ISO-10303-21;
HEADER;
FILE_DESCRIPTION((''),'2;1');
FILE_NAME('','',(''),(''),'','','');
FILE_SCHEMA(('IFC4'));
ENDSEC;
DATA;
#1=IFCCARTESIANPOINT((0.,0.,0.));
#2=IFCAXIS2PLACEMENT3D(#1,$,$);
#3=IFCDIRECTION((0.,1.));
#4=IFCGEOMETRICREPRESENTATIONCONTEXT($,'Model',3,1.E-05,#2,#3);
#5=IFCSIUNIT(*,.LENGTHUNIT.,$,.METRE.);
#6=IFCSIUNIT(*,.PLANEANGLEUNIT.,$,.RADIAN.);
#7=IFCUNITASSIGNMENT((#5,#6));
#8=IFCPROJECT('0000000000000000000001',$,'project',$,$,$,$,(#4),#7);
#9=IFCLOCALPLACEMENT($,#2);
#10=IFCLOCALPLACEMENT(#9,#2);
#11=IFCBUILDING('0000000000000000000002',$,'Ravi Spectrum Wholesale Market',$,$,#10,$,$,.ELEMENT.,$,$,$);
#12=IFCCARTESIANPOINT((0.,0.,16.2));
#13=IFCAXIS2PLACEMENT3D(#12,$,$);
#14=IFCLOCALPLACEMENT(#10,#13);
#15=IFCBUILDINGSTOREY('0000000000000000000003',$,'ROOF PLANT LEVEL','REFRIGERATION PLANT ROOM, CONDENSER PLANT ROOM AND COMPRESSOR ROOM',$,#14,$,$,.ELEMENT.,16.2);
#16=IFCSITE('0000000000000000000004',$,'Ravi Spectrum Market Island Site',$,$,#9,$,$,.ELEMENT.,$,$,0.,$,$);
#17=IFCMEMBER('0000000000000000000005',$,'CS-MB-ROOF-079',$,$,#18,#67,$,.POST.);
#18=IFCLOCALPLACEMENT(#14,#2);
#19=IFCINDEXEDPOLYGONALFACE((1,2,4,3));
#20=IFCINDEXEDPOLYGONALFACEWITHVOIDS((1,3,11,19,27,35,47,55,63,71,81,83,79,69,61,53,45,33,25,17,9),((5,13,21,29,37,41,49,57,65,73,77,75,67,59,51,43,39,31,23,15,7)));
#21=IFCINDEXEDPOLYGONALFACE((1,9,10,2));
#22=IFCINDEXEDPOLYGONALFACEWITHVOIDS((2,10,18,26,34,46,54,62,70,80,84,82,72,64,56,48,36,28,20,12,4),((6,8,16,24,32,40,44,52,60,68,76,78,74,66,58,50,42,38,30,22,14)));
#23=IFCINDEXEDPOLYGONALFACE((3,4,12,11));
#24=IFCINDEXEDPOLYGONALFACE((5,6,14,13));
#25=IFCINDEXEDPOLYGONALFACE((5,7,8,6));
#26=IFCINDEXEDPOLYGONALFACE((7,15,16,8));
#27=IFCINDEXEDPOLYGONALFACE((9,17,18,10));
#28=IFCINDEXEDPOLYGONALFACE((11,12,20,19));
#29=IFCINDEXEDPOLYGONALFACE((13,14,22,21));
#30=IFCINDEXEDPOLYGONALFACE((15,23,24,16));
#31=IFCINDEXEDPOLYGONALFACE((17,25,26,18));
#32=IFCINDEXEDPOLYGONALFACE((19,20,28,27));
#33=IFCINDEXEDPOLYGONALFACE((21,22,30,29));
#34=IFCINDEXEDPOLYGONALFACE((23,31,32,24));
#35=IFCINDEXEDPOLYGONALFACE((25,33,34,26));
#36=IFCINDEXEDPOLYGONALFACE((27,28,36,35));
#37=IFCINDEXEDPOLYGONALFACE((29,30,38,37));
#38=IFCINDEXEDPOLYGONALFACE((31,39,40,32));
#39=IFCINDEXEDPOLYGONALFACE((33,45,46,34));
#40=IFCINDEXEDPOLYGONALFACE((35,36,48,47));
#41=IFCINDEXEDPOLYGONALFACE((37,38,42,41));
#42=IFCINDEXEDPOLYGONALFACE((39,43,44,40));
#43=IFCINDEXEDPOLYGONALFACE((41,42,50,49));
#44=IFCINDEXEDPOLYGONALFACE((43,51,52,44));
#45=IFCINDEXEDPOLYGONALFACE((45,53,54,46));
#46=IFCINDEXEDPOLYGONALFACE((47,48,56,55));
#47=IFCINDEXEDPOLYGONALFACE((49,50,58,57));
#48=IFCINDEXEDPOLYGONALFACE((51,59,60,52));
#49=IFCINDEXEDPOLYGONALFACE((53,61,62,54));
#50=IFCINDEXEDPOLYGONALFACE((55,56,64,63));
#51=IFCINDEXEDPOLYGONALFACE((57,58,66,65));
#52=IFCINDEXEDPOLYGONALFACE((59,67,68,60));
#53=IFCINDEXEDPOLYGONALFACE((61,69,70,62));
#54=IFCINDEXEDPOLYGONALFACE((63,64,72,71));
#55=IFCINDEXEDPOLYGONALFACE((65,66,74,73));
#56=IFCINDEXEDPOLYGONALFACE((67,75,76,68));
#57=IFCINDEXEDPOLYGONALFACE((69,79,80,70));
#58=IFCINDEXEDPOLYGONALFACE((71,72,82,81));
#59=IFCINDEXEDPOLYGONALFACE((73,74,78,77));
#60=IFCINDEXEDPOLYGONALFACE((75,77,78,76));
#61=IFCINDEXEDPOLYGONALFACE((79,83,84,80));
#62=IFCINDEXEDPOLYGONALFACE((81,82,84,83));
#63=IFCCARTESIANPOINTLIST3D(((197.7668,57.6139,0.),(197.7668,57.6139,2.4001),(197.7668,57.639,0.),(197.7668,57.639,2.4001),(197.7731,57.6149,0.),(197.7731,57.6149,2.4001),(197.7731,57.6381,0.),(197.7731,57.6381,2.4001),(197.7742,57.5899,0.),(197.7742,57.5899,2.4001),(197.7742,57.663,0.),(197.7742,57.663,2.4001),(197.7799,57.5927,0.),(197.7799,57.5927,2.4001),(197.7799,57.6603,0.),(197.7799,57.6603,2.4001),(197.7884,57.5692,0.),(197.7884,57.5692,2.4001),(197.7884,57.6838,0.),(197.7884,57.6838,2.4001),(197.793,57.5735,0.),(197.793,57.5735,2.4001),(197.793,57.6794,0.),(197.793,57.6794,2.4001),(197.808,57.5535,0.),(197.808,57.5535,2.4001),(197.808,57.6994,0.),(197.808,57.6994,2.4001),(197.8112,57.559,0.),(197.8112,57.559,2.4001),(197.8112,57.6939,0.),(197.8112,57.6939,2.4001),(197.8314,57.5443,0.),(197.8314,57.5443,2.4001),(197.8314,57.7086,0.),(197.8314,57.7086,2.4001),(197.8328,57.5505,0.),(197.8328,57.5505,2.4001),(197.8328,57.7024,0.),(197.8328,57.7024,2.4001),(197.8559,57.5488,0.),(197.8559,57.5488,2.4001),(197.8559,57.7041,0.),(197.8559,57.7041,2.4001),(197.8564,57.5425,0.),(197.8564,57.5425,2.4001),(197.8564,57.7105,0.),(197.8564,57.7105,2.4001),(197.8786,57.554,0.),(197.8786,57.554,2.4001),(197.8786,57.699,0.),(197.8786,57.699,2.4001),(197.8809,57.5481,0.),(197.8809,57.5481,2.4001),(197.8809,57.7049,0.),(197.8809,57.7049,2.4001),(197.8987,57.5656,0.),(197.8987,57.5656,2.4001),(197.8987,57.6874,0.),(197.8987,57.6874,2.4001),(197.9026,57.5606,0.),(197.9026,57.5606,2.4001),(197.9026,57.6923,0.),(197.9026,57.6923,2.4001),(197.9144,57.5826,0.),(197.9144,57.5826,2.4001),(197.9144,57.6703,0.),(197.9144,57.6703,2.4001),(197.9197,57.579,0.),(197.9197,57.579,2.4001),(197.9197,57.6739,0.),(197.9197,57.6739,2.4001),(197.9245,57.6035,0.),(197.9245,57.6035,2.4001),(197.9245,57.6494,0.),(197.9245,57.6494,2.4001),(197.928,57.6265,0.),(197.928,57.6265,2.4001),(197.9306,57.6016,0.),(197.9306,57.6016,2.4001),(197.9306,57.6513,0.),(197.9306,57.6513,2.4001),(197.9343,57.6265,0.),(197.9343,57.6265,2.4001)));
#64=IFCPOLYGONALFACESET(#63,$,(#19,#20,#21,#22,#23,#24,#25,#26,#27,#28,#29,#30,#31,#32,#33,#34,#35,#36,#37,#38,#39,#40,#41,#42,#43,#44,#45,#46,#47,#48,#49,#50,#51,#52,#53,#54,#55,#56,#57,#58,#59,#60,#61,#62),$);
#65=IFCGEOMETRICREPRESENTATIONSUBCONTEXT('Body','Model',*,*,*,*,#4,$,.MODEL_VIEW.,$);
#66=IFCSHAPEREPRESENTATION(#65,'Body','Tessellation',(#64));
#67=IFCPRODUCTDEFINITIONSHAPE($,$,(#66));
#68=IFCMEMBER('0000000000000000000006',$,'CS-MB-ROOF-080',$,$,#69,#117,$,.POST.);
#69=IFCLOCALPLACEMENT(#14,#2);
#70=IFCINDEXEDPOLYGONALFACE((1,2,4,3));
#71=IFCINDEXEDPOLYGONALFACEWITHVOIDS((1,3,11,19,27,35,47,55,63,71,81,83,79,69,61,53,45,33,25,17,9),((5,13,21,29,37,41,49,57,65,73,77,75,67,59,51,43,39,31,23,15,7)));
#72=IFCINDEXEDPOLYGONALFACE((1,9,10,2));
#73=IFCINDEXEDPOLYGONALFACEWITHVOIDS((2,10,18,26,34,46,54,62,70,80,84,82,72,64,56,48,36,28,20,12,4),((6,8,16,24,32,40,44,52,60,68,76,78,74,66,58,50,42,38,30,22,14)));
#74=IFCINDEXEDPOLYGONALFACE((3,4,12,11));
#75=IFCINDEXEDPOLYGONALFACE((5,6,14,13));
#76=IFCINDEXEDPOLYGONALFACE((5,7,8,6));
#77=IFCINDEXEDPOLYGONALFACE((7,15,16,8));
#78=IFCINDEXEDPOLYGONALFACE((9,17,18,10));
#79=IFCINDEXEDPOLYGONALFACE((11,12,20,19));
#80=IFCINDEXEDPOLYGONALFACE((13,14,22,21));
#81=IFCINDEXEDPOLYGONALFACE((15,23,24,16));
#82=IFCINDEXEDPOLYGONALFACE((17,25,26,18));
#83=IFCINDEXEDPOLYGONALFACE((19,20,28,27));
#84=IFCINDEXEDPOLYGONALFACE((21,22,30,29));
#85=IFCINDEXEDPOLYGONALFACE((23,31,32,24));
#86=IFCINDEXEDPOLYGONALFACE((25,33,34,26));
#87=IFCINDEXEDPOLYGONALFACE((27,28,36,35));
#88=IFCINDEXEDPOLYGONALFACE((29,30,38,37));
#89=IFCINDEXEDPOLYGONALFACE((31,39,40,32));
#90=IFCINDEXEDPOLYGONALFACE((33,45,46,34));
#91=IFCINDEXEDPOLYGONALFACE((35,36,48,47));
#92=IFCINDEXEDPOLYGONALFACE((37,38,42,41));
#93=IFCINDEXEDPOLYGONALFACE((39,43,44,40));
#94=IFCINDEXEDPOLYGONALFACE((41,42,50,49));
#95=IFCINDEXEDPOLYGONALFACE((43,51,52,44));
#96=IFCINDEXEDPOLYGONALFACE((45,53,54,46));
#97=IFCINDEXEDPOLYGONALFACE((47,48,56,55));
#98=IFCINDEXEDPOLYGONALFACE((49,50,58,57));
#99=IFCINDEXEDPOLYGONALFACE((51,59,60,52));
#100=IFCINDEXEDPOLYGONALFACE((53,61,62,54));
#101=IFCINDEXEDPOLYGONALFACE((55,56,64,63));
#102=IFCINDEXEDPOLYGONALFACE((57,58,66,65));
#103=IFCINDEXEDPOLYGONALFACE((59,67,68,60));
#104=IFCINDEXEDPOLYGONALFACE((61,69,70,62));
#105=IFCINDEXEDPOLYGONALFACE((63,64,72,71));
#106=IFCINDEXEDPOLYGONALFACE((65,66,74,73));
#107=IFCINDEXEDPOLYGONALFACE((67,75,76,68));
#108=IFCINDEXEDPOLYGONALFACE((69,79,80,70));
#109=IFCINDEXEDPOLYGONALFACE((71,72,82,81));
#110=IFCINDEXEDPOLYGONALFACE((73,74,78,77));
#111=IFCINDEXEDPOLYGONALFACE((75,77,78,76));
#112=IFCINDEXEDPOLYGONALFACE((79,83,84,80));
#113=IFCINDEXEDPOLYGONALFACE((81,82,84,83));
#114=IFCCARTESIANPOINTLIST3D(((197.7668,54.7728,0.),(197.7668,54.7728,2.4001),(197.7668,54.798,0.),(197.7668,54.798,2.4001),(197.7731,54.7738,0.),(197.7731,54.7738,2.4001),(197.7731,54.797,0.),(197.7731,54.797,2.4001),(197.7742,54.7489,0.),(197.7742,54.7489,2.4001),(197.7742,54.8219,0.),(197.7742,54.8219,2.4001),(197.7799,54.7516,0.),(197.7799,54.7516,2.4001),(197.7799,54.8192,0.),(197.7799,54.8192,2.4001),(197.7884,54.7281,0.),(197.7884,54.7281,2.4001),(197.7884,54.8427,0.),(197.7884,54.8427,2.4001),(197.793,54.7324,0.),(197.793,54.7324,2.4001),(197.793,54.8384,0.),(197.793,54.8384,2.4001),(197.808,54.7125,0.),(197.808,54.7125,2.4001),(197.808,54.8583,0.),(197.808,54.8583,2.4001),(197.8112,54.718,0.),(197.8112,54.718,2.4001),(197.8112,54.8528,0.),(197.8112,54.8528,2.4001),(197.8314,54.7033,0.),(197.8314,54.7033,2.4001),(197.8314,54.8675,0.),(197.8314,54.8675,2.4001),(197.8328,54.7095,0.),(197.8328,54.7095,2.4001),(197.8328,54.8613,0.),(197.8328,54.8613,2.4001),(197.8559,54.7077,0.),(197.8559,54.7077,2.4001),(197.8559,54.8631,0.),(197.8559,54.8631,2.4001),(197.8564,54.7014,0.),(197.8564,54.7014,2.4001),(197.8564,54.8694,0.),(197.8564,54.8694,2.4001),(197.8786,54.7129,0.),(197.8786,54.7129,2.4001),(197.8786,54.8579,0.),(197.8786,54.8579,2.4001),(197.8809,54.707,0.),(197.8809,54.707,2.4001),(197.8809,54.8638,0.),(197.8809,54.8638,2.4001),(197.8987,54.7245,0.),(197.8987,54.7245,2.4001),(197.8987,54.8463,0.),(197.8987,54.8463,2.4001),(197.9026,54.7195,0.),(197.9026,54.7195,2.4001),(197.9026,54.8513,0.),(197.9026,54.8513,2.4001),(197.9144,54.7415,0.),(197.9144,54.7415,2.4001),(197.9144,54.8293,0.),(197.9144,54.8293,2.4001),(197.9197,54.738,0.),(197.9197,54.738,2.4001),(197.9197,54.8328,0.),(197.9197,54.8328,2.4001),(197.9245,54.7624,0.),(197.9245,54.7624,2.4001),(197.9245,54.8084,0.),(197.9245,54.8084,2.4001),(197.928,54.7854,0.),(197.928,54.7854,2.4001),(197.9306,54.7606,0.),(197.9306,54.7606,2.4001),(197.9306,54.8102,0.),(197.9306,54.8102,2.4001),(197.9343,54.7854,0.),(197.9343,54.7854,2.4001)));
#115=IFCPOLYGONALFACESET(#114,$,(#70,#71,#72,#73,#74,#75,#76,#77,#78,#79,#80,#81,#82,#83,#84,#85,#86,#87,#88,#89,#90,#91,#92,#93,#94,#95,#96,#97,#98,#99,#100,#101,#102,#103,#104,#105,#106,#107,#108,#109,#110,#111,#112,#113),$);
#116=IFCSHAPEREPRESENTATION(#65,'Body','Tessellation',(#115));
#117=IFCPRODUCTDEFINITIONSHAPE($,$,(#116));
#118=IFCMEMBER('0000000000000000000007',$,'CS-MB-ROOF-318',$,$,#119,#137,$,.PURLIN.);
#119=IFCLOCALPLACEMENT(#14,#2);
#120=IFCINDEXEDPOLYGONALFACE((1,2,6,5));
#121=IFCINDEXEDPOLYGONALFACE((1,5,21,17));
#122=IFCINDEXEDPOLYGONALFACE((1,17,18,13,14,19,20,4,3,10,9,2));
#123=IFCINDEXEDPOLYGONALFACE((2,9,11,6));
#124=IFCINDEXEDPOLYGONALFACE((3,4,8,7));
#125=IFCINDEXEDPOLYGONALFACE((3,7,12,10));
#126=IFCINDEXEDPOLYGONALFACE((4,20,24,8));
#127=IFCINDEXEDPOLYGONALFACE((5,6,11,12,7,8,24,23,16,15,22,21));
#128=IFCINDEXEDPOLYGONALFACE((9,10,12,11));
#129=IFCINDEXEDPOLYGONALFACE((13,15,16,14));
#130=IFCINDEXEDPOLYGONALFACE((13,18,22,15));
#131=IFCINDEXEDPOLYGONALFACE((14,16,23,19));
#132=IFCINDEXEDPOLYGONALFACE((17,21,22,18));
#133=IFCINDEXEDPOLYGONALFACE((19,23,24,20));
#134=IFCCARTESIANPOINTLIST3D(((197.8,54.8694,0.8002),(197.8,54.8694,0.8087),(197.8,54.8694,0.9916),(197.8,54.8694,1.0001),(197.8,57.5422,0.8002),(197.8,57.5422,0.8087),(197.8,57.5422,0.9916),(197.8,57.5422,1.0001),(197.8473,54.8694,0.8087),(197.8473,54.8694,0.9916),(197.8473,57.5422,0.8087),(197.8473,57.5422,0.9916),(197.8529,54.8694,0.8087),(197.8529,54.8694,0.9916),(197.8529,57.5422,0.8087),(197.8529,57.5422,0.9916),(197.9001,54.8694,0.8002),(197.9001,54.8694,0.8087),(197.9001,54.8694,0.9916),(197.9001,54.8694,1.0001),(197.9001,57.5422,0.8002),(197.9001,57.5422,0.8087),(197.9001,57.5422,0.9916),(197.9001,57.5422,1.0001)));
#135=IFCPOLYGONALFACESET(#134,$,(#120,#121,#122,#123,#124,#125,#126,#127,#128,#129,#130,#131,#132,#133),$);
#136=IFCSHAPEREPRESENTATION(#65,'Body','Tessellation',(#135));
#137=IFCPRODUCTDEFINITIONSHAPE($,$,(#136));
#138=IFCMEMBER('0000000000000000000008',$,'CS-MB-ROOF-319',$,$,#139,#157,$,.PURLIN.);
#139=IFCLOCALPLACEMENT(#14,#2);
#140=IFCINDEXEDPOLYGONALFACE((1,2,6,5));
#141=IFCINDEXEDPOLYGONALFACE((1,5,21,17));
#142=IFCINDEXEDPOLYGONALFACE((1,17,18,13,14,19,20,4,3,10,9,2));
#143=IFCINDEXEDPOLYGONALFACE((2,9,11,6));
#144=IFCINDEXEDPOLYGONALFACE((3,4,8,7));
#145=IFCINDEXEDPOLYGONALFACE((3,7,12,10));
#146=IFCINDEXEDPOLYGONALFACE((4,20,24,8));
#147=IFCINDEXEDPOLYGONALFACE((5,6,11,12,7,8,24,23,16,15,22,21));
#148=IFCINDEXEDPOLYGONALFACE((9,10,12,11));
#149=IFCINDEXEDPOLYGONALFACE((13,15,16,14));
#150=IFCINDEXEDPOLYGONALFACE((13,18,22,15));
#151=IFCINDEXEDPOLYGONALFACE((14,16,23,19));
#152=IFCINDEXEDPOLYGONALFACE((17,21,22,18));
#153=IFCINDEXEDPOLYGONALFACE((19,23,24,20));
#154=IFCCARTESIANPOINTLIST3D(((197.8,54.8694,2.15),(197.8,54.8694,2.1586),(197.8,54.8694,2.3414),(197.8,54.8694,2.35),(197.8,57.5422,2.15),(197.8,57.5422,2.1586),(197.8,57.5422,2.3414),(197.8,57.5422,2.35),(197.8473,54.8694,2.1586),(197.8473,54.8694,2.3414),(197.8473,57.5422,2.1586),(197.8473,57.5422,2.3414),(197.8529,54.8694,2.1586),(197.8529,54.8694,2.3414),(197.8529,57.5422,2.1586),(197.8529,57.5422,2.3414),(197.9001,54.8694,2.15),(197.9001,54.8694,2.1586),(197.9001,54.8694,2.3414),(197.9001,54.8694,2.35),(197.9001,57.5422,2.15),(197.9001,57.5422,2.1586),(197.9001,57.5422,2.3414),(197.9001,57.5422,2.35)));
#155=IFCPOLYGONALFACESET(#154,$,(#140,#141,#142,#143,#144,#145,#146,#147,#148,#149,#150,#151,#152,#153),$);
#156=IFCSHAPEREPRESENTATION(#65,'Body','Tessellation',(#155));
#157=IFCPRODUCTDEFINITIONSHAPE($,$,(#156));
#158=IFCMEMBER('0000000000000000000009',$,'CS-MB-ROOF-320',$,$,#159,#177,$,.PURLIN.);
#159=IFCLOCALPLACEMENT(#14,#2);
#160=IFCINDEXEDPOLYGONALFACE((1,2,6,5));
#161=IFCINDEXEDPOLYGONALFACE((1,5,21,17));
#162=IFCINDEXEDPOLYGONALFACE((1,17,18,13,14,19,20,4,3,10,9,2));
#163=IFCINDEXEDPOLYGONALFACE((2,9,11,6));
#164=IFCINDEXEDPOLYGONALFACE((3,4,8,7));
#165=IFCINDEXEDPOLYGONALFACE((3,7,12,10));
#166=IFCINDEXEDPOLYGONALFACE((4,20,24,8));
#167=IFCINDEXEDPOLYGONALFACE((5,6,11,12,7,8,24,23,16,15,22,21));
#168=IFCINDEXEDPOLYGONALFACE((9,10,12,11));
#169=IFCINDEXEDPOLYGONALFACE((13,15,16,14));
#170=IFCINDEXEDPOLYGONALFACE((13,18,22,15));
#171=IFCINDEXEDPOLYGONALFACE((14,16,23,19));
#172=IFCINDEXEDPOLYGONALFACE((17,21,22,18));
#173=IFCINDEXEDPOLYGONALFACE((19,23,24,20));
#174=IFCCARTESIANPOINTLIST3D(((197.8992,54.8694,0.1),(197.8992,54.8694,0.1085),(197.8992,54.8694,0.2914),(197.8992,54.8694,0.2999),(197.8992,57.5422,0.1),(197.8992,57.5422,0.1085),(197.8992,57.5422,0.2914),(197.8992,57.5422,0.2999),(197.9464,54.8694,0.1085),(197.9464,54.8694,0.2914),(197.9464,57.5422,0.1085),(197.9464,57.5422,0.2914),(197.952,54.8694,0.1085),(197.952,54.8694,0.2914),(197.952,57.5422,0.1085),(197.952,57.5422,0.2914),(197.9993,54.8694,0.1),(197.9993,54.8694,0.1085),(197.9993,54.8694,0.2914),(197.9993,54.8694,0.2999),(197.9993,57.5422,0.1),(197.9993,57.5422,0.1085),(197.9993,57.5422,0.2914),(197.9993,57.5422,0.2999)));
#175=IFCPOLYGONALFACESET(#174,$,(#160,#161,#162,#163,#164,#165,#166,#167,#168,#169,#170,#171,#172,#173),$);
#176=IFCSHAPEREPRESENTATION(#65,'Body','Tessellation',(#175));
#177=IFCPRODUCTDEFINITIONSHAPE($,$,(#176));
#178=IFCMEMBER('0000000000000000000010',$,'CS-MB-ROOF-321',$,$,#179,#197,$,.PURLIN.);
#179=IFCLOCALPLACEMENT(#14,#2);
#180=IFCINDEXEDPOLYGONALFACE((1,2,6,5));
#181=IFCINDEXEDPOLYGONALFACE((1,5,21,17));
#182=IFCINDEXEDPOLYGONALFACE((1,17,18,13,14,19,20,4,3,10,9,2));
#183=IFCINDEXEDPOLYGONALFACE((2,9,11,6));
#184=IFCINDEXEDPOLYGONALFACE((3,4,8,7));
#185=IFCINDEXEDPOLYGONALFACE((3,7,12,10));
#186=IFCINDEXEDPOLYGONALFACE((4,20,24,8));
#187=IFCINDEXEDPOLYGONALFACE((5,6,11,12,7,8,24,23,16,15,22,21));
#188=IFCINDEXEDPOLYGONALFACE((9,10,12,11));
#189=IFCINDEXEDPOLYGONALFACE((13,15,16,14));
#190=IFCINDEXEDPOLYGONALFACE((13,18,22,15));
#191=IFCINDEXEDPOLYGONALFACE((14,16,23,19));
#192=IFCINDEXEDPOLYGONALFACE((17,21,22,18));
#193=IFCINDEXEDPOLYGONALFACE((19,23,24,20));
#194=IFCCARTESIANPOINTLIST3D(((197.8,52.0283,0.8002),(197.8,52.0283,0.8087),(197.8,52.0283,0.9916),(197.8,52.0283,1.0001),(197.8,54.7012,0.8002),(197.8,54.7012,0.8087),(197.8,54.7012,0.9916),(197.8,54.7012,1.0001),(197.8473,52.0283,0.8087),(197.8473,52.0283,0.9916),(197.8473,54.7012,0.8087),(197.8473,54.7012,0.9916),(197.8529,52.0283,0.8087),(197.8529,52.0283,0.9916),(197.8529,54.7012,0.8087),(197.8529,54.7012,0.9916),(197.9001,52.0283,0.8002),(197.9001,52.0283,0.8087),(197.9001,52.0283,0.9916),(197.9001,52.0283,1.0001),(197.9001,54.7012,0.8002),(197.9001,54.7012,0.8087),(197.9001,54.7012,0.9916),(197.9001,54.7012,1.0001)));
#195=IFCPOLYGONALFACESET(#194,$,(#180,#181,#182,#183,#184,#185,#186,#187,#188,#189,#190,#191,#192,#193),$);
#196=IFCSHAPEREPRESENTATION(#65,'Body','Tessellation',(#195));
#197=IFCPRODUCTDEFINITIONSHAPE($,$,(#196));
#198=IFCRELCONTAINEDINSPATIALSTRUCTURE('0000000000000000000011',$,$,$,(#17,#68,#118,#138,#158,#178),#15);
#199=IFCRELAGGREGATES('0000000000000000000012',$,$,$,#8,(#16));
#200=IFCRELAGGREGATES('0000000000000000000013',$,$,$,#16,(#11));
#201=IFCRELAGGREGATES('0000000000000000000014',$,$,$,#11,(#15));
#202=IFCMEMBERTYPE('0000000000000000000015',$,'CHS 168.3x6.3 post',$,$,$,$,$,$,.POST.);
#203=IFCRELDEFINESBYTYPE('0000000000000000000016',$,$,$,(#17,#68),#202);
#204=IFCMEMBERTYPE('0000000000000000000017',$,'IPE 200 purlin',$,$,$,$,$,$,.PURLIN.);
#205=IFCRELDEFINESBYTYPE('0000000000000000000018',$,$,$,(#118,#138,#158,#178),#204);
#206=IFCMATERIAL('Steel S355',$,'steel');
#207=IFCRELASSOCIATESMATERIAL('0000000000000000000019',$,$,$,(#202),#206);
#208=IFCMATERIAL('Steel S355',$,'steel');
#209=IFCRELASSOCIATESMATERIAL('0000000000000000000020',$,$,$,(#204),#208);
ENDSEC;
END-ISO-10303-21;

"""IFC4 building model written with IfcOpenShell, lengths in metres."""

from ifc_helpers import new_model, si_unit, direction, frame, origin, origin_2d, place, context, subcontext, project, spatial, hollow_circle, i_section, extrude, material, material_profile, profile_set, type_object, element, save


model = new_model("IFC4")

# Units and contexts
model_context = context("Model", 3, precision=1e-05, world=origin(), true_north=direction((0.0, 1.0)))
body_context = subcontext(model_context, "Body", "Model", "MODEL_VIEW")
ifc_project = project(units=[si_unit("LENGTHUNIT", "METRE"), si_unit("PLANEANGLEUNIT", "RADIAN")], contexts=[model_context])

# Site, building, storey
site_placement = place(None, origin())
site = spatial("IfcSite", under=ifc_project, at=site_placement, Name="Ravi Spectrum Market Island Site", CompositionType="ELEMENT", RefElevation=0.0)
building_placement = place(site_placement, origin())
building = spatial("IfcBuilding", under=site, at=building_placement, Name="Ravi Spectrum Wholesale Market", CompositionType="ELEMENT")
storey_placement = place(building_placement, frame((0.0, 0.0, 16.2)))
storey = spatial("IfcBuildingStorey", under=building, at=storey_placement, Name="ROOF PLANT LEVEL", Description="REFRIGERATION PLANT ROOM, CONDENSER PLANT ROOM AND COMPRESSOR ROOM", CompositionType="ELEMENT", Elevation=16.2)

# Members
ifc_material_1 = material(Name="Steel S355", Category="steel")
ifc_material_profile_1 = material_profile(ifc_material_1, hollow_circle(Radius=0.0842, WallThickness=0.0063, at=origin_2d()))
ifc_profile_set_1 = profile_set([ifc_material_profile_1], Name="Steel S355")
member_type_1 = type_object("IfcMemberType", Name="CHS 168.3x6.3 post", PredefinedType="POST", material=ifc_profile_set_1)
for number, where, z_axis, x_axis, name in (
    (1, (197.8501, 57.6265, 0.0), (0.0, 0.0, 1.0), (1.0, 0.0, 0.0), "CS-MB-ROOF-079"),
    (2, (197.8501, 54.7854, 0.0), (0.0, 0.0, 1.0), (1.0, 0.0, 0.0), "CS-MB-ROOF-080"),
):
    element("IfcMember", number, at=place(storey_placement, frame(where, z_axis=z_axis, x_axis=x_axis)), inside=storey, type_object=member_type_1, Name=name, PredefinedType="POST", context=body_context, shape_type="SweptSolid", body=[
        extrude(hollow_circle(Radius=0.0842, WallThickness=0.0063, at=origin_2d()), origin(), (0.0, 0.0, 1.0), 2.4001),
    ])
ifc_material_2 = material(Name="Steel S355", Category="steel")
ifc_material_profile_2 = material_profile(ifc_material_2, i_section(OverallWidth=0.1001, OverallDepth=0.2, WebThickness=0.0056, FlangeThickness=0.0085, at=origin_2d()))
ifc_profile_set_2 = profile_set([ifc_material_profile_2], Name="Steel S355")
member_type_2 = type_object("IfcMemberType", Name="IPE 200 purlin", PredefinedType="PURLIN", material=ifc_profile_set_2)
for number, where, z_axis, x_axis, name in (
    (3, (197.8501, 57.5422, 0.9001), (0.0, -1.0, 0.0), (1.0, 0.0, 0.0), "CS-MB-ROOF-318"),
    (4, (197.8501, 57.5422, 2.25), (0.0, -1.0, 0.0), (1.0, 0.0, 0.0), "CS-MB-ROOF-319"),
    (5, (197.9492, 57.5422, 0.2), (0.0, -1.0, 0.0), (1.0, 0.0, 0.0), "CS-MB-ROOF-320"),
    (6, (197.8501, 54.7012, 0.9001), (0.0, -1.0, 0.0), (1.0, 0.0, 0.0), "CS-MB-ROOF-321"),
):
    element("IfcMember", number, at=place(storey_placement, frame(where, z_axis=z_axis, x_axis=x_axis)), inside=storey, type_object=member_type_2, Name=name, PredefinedType="PURLIN", context=body_context, shape_type="SweptSolid", body=[
        extrude(i_section(OverallWidth=0.1001, OverallDepth=0.2, WebThickness=0.0056, FlangeThickness=0.0085, at=origin_2d()), origin(), (0.0, 0.0, 1.0), 2.6729),
    ])

save(model, "model.ifc")
